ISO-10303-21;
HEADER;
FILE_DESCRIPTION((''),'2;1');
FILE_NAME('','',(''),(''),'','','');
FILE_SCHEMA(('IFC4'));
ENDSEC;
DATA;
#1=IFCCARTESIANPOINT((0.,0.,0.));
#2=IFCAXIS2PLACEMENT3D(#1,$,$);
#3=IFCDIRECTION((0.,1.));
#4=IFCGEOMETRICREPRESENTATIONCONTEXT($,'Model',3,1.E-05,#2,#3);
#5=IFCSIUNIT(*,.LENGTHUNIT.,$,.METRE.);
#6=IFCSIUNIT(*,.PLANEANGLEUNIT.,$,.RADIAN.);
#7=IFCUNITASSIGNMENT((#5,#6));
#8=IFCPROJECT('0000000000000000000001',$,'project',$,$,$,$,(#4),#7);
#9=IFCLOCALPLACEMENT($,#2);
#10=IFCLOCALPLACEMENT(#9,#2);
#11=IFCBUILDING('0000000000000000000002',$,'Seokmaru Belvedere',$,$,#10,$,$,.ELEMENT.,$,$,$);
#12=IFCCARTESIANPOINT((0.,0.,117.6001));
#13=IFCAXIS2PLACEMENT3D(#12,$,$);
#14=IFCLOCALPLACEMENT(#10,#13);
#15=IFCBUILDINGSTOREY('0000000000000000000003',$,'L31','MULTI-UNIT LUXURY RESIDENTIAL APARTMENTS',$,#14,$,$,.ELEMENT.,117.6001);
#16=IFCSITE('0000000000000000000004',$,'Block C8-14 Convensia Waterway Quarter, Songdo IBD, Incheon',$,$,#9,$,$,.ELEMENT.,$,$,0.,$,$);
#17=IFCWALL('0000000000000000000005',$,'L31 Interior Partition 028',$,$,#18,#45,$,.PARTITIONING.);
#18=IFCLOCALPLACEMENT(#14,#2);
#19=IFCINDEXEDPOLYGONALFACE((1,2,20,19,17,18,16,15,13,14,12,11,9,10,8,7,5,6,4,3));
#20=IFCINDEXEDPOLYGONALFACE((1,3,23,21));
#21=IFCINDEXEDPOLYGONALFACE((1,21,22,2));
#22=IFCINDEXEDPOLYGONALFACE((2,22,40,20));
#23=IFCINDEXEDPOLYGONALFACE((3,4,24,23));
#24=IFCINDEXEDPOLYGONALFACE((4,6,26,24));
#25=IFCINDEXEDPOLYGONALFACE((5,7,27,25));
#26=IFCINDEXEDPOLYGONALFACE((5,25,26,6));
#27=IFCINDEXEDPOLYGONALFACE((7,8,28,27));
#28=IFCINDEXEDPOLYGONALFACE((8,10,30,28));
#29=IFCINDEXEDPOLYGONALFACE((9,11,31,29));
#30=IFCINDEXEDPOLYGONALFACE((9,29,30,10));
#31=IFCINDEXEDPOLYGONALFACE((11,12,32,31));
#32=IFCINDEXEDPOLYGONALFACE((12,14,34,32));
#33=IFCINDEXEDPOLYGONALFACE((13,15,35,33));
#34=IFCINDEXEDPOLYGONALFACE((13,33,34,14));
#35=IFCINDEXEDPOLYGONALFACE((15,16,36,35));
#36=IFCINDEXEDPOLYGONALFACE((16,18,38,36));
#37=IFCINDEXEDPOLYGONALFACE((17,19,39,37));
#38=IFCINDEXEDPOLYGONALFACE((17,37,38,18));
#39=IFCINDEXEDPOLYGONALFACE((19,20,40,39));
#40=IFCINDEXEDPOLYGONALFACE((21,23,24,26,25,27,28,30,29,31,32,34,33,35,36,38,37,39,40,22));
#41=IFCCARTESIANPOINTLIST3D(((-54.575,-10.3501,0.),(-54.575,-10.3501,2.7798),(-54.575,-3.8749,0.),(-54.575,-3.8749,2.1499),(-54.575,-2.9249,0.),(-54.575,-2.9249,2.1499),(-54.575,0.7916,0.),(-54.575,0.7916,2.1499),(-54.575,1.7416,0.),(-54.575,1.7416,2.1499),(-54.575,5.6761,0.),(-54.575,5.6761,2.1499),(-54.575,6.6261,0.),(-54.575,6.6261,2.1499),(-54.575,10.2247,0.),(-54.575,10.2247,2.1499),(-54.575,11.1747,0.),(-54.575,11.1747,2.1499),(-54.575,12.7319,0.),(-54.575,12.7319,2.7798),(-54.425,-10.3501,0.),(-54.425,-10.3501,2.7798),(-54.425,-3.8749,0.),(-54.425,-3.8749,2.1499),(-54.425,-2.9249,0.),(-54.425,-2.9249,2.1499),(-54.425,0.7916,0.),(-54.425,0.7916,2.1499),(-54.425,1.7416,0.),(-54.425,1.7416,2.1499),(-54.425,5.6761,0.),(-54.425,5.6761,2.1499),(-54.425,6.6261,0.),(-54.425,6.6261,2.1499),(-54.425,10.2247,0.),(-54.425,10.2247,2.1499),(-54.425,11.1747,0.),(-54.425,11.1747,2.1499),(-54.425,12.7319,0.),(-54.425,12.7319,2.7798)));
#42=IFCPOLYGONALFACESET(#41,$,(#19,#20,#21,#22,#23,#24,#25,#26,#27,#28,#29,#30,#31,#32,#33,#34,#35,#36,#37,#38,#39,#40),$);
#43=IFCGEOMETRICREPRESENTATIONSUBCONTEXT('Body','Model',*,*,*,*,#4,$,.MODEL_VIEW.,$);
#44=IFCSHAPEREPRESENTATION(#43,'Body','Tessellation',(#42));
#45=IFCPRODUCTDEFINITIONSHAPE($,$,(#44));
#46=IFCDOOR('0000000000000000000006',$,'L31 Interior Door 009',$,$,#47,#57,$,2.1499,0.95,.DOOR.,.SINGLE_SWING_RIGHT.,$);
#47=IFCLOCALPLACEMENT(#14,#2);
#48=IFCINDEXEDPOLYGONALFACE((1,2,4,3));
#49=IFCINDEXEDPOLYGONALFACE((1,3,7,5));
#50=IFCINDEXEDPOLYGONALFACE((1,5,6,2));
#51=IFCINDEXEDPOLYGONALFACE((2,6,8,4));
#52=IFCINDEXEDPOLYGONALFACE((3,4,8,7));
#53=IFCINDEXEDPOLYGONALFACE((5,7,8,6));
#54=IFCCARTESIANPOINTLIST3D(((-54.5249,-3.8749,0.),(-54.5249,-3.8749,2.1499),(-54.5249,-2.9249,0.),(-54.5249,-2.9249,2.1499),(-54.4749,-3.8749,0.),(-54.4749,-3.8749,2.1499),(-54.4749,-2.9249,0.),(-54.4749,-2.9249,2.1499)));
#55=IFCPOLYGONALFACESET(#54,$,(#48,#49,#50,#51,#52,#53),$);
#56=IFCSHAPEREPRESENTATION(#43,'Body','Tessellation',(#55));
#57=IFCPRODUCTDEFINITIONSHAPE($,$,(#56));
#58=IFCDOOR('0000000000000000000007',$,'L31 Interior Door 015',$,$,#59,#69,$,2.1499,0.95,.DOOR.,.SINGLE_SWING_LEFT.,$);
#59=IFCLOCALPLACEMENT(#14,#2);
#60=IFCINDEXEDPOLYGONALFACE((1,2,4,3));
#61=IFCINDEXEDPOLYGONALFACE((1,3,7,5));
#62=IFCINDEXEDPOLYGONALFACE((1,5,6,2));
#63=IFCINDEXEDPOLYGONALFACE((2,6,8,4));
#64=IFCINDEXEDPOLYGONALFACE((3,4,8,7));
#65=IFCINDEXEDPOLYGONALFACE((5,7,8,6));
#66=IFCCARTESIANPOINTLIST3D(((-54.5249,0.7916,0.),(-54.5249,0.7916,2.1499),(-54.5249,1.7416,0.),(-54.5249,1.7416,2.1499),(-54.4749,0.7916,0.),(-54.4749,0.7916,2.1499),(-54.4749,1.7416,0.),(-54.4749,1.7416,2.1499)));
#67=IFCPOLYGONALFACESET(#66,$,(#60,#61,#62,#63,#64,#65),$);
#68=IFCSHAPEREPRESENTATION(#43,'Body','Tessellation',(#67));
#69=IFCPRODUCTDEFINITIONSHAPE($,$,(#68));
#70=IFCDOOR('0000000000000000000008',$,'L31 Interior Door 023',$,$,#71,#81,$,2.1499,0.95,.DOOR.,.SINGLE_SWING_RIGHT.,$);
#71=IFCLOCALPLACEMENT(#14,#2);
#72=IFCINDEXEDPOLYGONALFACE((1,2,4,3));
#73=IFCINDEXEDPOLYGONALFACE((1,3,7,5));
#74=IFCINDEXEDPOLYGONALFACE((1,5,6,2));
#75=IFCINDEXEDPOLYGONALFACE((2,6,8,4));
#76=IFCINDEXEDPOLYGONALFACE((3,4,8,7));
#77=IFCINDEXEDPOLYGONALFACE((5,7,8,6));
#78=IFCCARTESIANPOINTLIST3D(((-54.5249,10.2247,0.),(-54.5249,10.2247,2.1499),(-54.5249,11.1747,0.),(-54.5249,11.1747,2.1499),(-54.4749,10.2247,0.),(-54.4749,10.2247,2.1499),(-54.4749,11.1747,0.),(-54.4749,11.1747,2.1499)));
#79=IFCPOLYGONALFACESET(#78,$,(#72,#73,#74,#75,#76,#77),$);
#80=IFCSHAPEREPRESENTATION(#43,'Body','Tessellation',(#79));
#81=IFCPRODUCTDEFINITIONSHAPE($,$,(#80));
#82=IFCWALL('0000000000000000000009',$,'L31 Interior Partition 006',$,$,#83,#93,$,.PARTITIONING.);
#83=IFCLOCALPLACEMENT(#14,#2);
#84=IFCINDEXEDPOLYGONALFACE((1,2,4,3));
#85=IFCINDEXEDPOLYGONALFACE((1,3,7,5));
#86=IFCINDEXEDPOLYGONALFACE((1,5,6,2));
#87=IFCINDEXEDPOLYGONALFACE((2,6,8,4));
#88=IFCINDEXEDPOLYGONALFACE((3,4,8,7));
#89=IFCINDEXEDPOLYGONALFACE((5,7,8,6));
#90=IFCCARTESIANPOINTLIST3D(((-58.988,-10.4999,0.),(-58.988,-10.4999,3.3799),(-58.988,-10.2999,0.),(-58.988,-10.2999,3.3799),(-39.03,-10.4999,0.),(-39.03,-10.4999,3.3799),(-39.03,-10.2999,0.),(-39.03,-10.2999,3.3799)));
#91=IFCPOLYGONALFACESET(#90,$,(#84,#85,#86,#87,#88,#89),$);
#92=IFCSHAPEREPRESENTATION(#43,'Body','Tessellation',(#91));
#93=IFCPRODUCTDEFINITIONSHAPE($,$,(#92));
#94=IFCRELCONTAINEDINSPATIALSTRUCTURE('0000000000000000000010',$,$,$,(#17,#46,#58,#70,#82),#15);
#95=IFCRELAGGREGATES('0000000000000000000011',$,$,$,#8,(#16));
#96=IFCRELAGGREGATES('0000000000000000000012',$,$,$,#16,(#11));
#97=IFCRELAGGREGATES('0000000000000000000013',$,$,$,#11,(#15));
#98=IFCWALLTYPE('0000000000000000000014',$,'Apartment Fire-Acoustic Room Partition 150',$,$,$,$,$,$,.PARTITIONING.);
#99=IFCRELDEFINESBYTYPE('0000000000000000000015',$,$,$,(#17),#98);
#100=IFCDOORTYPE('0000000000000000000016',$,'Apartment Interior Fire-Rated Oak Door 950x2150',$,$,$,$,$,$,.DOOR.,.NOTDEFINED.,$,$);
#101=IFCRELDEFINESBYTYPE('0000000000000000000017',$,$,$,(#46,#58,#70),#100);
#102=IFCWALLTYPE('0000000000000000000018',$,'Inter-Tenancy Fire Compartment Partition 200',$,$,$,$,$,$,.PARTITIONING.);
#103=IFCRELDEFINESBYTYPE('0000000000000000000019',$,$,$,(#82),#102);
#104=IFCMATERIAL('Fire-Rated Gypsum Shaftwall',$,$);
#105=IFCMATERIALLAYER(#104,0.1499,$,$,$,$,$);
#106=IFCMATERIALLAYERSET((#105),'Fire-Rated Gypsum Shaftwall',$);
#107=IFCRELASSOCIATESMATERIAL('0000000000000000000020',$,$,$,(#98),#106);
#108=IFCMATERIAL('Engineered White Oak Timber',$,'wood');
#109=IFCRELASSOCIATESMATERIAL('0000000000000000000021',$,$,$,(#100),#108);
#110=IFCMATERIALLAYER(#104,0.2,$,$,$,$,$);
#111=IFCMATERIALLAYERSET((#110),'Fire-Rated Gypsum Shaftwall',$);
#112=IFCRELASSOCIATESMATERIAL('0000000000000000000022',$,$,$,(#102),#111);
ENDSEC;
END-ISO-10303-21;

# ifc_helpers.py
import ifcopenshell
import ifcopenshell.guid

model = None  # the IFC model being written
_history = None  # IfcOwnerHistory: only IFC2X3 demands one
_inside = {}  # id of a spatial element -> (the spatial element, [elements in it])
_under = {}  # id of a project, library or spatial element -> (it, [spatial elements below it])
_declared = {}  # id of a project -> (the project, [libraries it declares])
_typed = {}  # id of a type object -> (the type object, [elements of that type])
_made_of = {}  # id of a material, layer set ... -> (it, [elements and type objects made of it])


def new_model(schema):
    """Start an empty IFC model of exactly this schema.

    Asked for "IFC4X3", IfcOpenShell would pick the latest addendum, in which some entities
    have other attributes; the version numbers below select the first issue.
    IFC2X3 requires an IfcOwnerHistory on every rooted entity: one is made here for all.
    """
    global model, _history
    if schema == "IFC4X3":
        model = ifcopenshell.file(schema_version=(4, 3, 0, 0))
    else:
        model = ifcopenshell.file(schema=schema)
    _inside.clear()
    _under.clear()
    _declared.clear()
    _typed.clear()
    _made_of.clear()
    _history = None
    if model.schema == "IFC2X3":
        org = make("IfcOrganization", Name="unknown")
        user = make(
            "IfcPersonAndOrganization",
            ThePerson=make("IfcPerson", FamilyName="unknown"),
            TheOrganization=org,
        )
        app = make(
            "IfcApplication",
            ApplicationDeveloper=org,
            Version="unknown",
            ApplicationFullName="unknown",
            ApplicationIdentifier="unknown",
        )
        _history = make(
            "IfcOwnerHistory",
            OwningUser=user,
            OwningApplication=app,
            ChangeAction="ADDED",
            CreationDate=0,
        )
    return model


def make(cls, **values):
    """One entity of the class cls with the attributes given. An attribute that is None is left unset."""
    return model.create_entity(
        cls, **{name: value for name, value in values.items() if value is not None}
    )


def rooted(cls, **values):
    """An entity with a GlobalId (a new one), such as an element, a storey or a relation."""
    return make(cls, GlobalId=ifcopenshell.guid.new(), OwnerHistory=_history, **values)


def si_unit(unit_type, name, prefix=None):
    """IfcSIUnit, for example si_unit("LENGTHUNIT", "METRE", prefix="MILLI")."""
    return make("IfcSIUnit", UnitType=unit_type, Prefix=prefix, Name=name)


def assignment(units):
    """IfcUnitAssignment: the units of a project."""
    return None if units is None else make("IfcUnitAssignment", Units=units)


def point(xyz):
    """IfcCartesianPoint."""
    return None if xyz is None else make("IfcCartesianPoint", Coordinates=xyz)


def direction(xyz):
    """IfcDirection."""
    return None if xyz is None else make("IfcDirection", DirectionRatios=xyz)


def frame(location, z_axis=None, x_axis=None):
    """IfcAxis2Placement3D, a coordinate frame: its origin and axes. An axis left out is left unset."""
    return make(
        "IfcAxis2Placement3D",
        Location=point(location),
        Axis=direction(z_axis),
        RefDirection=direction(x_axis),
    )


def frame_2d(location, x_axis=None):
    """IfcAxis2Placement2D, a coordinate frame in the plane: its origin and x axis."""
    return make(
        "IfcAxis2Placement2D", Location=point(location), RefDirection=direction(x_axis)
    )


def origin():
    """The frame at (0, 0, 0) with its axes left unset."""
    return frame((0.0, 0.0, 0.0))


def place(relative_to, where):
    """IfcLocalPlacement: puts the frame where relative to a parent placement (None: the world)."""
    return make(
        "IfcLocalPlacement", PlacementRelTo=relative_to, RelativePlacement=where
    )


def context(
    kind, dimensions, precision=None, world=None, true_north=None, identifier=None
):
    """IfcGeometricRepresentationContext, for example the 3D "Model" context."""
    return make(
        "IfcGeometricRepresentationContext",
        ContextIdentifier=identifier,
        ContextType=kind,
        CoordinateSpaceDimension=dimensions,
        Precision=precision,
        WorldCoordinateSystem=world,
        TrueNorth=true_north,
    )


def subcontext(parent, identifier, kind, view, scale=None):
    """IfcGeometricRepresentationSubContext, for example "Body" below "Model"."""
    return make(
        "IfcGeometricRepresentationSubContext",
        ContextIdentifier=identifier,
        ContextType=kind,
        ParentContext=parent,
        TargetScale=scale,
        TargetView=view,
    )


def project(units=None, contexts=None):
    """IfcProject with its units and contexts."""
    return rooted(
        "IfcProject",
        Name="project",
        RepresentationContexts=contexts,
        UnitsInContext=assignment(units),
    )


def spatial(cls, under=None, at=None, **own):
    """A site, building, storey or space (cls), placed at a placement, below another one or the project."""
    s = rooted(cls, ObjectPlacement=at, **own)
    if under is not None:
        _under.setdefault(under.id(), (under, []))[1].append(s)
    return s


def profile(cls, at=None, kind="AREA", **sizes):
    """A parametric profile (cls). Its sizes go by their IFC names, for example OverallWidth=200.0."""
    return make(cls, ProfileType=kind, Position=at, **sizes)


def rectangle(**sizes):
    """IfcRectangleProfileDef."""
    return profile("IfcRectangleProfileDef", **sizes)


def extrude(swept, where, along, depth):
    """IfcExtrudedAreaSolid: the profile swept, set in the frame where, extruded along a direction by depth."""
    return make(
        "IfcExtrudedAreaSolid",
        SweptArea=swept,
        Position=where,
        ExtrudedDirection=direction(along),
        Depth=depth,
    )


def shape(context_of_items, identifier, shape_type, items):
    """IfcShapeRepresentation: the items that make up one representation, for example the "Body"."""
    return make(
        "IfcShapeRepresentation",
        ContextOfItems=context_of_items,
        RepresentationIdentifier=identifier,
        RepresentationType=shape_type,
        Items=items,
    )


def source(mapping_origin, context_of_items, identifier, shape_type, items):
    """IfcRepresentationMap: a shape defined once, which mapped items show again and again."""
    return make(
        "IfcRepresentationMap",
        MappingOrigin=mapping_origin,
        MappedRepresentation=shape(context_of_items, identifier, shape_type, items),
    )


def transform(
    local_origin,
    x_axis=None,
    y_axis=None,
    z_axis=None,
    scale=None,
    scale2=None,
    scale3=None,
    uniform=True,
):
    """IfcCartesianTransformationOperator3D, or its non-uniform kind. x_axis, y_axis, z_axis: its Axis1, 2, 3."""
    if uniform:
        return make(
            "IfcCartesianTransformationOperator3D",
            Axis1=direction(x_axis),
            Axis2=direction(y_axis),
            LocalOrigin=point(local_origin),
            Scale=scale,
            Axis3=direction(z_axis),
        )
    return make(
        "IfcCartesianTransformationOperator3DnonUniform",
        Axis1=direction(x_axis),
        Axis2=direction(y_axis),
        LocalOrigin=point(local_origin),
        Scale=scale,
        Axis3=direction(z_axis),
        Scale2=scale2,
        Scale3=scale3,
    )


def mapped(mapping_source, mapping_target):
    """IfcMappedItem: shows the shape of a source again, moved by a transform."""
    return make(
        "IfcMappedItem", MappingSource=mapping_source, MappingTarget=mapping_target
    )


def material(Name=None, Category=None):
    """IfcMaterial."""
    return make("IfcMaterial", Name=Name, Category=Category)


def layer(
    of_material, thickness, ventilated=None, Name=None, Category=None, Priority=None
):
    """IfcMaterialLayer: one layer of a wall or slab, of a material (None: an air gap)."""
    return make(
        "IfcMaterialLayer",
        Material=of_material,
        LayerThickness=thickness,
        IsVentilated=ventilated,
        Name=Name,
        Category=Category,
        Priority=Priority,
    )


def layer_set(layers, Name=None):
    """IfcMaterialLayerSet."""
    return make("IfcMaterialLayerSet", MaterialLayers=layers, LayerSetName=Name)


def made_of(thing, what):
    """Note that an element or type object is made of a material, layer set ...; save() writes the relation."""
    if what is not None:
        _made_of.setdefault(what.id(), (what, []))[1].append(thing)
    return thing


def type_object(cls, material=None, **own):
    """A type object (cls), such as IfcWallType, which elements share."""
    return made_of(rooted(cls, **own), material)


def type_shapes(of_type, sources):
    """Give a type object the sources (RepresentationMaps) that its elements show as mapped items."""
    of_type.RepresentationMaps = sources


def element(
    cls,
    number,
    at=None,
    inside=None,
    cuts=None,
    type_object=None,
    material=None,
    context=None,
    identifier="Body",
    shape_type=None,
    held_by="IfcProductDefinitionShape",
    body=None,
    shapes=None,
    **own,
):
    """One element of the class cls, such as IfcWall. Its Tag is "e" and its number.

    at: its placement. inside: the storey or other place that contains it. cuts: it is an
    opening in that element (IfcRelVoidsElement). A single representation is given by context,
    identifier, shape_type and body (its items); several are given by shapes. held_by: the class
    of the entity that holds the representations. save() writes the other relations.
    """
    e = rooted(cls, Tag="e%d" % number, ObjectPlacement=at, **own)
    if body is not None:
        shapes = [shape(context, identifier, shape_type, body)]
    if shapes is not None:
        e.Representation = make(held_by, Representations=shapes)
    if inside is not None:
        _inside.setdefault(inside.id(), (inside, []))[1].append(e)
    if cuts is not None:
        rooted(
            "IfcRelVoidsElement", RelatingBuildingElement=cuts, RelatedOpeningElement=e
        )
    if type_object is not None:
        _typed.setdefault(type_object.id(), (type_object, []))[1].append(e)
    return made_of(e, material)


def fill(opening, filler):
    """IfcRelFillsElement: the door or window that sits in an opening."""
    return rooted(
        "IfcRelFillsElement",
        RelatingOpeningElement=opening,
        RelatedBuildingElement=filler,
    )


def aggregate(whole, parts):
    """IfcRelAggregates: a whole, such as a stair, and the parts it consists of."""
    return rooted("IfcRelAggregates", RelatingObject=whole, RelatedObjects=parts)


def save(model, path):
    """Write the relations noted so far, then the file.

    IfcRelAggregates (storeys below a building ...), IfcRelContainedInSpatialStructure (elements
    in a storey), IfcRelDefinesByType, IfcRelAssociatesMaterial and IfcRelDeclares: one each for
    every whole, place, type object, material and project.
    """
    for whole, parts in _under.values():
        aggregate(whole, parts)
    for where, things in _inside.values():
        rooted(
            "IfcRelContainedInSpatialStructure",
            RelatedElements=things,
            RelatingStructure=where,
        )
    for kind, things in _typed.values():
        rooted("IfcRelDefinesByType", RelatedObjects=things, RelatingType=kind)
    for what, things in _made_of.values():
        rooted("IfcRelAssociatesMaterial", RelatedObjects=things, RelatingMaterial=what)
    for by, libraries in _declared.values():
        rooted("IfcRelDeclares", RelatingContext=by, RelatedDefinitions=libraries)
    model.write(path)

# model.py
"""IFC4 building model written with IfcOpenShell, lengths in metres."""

from ifc_helpers import new_model, si_unit, direction, frame, frame_2d, origin, place, context, subcontext, project, spatial, rectangle, extrude, source, transform, mapped, material, layer, layer_set, type_object, type_shapes, element, fill, save


model = new_model("IFC4")

# Units and contexts
model_context = context("Model", 3, precision=1e-05, world=origin(), true_north=direction((0.0, 1.0)))
body_context = subcontext(model_context, "Body", "Model", "MODEL_VIEW")
ifc_project = project(units=[si_unit("LENGTHUNIT", "METRE"), si_unit("PLANEANGLEUNIT", "RADIAN")], contexts=[model_context])

# Site, building, storey
site_placement = place(None, origin())
site = spatial("IfcSite", under=ifc_project, at=site_placement, Name="Block C8-14 Convensia Waterway Quarter, Songdo IBD, Incheon", CompositionType="ELEMENT", RefElevation=0.0)
building_placement = place(site_placement, origin())
building = spatial("IfcBuilding", under=site, at=building_placement, Name="Seokmaru Belvedere", CompositionType="ELEMENT")
storey_placement = place(building_placement, frame((0.0, 0.0, 117.6001)))
storey = spatial("IfcBuildingStorey", under=building, at=storey_placement, Name="L31", Description="MULTI-UNIT LUXURY RESIDENTIAL APARTMENTS", CompositionType="ELEMENT", Elevation=117.6001)

# Wall, openings, doors
ifc_material_1 = material(Name="Fire-Rated Gypsum Shaftwall")
ifc_layer_1 = layer(ifc_material_1, 0.1499)
ifc_layer_set_1 = layer_set([ifc_layer_1], Name="Fire-Rated Gypsum Shaftwall")
wall_type_1 = type_object("IfcWallType", Name="Apartment Fire-Acoustic Room Partition 150", PredefinedType="PARTITIONING", material=ifc_layer_set_1)
ifc_material_2 = material(Name="Engineered White Oak Timber", Category="wood")
door_type = type_object("IfcDoorType", Name="Apartment Interior Fire-Rated Oak Door 950x2150", OperationType="NOTDEFINED", PredefinedType="DOOR", material=ifc_material_2)
shared_shape_1 = source(origin(), body_context, "Body", "SweptSolid", [
    extrude(rectangle(XDim=0.95, YDim=2.1499, at=frame_2d((0.4751, 1.075))), frame((0.0, 0.0249, 0.0), z_axis=(0.0, -1.0, 0.0), x_axis=(1.0, 0.0, 0.0)), (0.0, 0.0, 1.0), 0.05),
])
type_shapes(door_type, [shared_shape_1])
wall_1_placement = place(storey_placement, frame((-54.5, -10.3501, 0.0), z_axis=(0.0, 0.0, 1.0), x_axis=(0.0, 1.0, 0.0)))
wall_1 = element("IfcWall", 1, at=wall_1_placement, inside=storey, type_object=wall_type_1, Name="L31 Interior Partition 028", PredefinedType="PARTITIONING", context=body_context, shape_type="SweptSolid", body=[
    extrude(rectangle(XDim=23.082, YDim=0.1499, at=frame_2d((11.541, 0.0))), origin(), (0.0, 0.0, 1.0), 2.7798),
])
opening_1_placement = place(wall_1_placement, frame((6.4751, 0.0, 0.0)))
opening_1 = element("IfcOpeningElement", 2, at=opening_1_placement, cuts=wall_1, PredefinedType="OPENING", context=body_context, shape_type="SweptSolid", body=[
    extrude(rectangle(XDim=0.95, YDim=2.1499, at=frame_2d((0.4751, 1.075))), frame((0.0, 0.085, 0.0), z_axis=(0.0, -1.0, 0.0), x_axis=(1.0, 0.0, 0.0)), (0.0, 0.0, 1.0), 0.1699),
])
opening_2_placement = place(wall_1_placement, frame((11.1416, 0.0, 0.0)))
opening_2 = element("IfcOpeningElement", 3, at=opening_2_placement, cuts=wall_1, PredefinedType="OPENING", context=body_context, shape_type="SweptSolid", body=[
    extrude(rectangle(XDim=0.95, YDim=2.1499, at=frame_2d((0.4751, 1.075))), frame((0.0, 0.085, 0.0), z_axis=(0.0, -1.0, 0.0), x_axis=(1.0, 0.0, 0.0)), (0.0, 0.0, 1.0), 0.1699),
])
opening_3_placement = place(wall_1_placement, frame((20.5747, 0.0, 0.0)))
opening_3 = element("IfcOpeningElement", 4, at=opening_3_placement, cuts=wall_1, PredefinedType="OPENING", context=body_context, shape_type="SweptSolid", body=[
    extrude(rectangle(XDim=0.95, YDim=2.1499, at=frame_2d((0.4751, 1.075))), frame((0.0, 0.085, 0.0), z_axis=(0.0, -1.0, 0.0), x_axis=(1.0, 0.0, 0.0)), (0.0, 0.0, 1.0), 0.1699),
])
opening_4_placement = place(wall_1_placement, frame((16.0261, 0.0, 0.0)))
element("IfcOpeningElement", 5, at=opening_4_placement, cuts=wall_1, PredefinedType="OPENING", context=body_context, shape_type="SweptSolid", body=[
    extrude(rectangle(XDim=0.95, YDim=2.1499, at=frame_2d((0.4751, 1.075))), frame((0.0, 0.085, 0.0), z_axis=(0.0, -1.0, 0.0), x_axis=(1.0, 0.0, 0.0)), (0.0, 0.0, 1.0), 0.1699),
])
door_1_placement = place(opening_1_placement, origin())
door_1 = element("IfcDoor", 6, at=door_1_placement, inside=storey, type_object=door_type, Name="L31 Interior Door 009", OperationType="SINGLE_SWING_RIGHT", OverallHeight=2.1499, OverallWidth=0.95, PredefinedType="DOOR", context=body_context, shape_type="MappedRepresentation", body=[
    mapped(shared_shape_1, transform((0.0, 0.0, 0.0), scale=1.0)),
])
fill(opening_1, door_1)
door_2_placement = place(opening_2_placement, origin())
door_2 = element("IfcDoor", 7, at=door_2_placement, inside=storey, type_object=door_type, Name="L31 Interior Door 015", OperationType="SINGLE_SWING_LEFT", OverallHeight=2.1499, OverallWidth=0.95, PredefinedType="DOOR", context=body_context, shape_type="MappedRepresentation", body=[
    mapped(shared_shape_1, transform((0.0, 0.0, 0.0), scale=1.0)),
])
fill(opening_2, door_2)
door_3_placement = place(opening_3_placement, origin())
door_3 = element("IfcDoor", 8, at=door_3_placement, inside=storey, type_object=door_type, Name="L31 Interior Door 023", OperationType="SINGLE_SWING_RIGHT", OverallHeight=2.1499, OverallWidth=0.95, PredefinedType="DOOR", context=body_context, shape_type="MappedRepresentation", body=[
    mapped(shared_shape_1, transform((0.0, 0.0, 0.0), scale=1.0)),
])
fill(opening_3, door_3)

# Wall
ifc_layer_2 = layer(ifc_material_1, 0.2)
ifc_layer_set_2 = layer_set([ifc_layer_2], Name="Fire-Rated Gypsum Shaftwall")
wall_type_2 = type_object("IfcWallType", Name="Inter-Tenancy Fire Compartment Partition 200", PredefinedType="PARTITIONING", material=ifc_layer_set_2)
wall_2_placement = place(storey_placement, frame((-58.988, -10.3999, 0.0), z_axis=(0.0, 0.0, 1.0), x_axis=(1.0, 0.0, 0.0)))
element("IfcWall", 9, at=wall_2_placement, inside=storey, type_object=wall_type_2, Name="L31 Interior Partition 006", PredefinedType="PARTITIONING", context=body_context, shape_type="SweptSolid", body=[
    extrude(rectangle(XDim=19.958, YDim=0.2, at=frame_2d((9.979, 0.0))), origin(), (0.0, 0.0, 1.0), 3.3799),
])

save(model, "model.ifc")
